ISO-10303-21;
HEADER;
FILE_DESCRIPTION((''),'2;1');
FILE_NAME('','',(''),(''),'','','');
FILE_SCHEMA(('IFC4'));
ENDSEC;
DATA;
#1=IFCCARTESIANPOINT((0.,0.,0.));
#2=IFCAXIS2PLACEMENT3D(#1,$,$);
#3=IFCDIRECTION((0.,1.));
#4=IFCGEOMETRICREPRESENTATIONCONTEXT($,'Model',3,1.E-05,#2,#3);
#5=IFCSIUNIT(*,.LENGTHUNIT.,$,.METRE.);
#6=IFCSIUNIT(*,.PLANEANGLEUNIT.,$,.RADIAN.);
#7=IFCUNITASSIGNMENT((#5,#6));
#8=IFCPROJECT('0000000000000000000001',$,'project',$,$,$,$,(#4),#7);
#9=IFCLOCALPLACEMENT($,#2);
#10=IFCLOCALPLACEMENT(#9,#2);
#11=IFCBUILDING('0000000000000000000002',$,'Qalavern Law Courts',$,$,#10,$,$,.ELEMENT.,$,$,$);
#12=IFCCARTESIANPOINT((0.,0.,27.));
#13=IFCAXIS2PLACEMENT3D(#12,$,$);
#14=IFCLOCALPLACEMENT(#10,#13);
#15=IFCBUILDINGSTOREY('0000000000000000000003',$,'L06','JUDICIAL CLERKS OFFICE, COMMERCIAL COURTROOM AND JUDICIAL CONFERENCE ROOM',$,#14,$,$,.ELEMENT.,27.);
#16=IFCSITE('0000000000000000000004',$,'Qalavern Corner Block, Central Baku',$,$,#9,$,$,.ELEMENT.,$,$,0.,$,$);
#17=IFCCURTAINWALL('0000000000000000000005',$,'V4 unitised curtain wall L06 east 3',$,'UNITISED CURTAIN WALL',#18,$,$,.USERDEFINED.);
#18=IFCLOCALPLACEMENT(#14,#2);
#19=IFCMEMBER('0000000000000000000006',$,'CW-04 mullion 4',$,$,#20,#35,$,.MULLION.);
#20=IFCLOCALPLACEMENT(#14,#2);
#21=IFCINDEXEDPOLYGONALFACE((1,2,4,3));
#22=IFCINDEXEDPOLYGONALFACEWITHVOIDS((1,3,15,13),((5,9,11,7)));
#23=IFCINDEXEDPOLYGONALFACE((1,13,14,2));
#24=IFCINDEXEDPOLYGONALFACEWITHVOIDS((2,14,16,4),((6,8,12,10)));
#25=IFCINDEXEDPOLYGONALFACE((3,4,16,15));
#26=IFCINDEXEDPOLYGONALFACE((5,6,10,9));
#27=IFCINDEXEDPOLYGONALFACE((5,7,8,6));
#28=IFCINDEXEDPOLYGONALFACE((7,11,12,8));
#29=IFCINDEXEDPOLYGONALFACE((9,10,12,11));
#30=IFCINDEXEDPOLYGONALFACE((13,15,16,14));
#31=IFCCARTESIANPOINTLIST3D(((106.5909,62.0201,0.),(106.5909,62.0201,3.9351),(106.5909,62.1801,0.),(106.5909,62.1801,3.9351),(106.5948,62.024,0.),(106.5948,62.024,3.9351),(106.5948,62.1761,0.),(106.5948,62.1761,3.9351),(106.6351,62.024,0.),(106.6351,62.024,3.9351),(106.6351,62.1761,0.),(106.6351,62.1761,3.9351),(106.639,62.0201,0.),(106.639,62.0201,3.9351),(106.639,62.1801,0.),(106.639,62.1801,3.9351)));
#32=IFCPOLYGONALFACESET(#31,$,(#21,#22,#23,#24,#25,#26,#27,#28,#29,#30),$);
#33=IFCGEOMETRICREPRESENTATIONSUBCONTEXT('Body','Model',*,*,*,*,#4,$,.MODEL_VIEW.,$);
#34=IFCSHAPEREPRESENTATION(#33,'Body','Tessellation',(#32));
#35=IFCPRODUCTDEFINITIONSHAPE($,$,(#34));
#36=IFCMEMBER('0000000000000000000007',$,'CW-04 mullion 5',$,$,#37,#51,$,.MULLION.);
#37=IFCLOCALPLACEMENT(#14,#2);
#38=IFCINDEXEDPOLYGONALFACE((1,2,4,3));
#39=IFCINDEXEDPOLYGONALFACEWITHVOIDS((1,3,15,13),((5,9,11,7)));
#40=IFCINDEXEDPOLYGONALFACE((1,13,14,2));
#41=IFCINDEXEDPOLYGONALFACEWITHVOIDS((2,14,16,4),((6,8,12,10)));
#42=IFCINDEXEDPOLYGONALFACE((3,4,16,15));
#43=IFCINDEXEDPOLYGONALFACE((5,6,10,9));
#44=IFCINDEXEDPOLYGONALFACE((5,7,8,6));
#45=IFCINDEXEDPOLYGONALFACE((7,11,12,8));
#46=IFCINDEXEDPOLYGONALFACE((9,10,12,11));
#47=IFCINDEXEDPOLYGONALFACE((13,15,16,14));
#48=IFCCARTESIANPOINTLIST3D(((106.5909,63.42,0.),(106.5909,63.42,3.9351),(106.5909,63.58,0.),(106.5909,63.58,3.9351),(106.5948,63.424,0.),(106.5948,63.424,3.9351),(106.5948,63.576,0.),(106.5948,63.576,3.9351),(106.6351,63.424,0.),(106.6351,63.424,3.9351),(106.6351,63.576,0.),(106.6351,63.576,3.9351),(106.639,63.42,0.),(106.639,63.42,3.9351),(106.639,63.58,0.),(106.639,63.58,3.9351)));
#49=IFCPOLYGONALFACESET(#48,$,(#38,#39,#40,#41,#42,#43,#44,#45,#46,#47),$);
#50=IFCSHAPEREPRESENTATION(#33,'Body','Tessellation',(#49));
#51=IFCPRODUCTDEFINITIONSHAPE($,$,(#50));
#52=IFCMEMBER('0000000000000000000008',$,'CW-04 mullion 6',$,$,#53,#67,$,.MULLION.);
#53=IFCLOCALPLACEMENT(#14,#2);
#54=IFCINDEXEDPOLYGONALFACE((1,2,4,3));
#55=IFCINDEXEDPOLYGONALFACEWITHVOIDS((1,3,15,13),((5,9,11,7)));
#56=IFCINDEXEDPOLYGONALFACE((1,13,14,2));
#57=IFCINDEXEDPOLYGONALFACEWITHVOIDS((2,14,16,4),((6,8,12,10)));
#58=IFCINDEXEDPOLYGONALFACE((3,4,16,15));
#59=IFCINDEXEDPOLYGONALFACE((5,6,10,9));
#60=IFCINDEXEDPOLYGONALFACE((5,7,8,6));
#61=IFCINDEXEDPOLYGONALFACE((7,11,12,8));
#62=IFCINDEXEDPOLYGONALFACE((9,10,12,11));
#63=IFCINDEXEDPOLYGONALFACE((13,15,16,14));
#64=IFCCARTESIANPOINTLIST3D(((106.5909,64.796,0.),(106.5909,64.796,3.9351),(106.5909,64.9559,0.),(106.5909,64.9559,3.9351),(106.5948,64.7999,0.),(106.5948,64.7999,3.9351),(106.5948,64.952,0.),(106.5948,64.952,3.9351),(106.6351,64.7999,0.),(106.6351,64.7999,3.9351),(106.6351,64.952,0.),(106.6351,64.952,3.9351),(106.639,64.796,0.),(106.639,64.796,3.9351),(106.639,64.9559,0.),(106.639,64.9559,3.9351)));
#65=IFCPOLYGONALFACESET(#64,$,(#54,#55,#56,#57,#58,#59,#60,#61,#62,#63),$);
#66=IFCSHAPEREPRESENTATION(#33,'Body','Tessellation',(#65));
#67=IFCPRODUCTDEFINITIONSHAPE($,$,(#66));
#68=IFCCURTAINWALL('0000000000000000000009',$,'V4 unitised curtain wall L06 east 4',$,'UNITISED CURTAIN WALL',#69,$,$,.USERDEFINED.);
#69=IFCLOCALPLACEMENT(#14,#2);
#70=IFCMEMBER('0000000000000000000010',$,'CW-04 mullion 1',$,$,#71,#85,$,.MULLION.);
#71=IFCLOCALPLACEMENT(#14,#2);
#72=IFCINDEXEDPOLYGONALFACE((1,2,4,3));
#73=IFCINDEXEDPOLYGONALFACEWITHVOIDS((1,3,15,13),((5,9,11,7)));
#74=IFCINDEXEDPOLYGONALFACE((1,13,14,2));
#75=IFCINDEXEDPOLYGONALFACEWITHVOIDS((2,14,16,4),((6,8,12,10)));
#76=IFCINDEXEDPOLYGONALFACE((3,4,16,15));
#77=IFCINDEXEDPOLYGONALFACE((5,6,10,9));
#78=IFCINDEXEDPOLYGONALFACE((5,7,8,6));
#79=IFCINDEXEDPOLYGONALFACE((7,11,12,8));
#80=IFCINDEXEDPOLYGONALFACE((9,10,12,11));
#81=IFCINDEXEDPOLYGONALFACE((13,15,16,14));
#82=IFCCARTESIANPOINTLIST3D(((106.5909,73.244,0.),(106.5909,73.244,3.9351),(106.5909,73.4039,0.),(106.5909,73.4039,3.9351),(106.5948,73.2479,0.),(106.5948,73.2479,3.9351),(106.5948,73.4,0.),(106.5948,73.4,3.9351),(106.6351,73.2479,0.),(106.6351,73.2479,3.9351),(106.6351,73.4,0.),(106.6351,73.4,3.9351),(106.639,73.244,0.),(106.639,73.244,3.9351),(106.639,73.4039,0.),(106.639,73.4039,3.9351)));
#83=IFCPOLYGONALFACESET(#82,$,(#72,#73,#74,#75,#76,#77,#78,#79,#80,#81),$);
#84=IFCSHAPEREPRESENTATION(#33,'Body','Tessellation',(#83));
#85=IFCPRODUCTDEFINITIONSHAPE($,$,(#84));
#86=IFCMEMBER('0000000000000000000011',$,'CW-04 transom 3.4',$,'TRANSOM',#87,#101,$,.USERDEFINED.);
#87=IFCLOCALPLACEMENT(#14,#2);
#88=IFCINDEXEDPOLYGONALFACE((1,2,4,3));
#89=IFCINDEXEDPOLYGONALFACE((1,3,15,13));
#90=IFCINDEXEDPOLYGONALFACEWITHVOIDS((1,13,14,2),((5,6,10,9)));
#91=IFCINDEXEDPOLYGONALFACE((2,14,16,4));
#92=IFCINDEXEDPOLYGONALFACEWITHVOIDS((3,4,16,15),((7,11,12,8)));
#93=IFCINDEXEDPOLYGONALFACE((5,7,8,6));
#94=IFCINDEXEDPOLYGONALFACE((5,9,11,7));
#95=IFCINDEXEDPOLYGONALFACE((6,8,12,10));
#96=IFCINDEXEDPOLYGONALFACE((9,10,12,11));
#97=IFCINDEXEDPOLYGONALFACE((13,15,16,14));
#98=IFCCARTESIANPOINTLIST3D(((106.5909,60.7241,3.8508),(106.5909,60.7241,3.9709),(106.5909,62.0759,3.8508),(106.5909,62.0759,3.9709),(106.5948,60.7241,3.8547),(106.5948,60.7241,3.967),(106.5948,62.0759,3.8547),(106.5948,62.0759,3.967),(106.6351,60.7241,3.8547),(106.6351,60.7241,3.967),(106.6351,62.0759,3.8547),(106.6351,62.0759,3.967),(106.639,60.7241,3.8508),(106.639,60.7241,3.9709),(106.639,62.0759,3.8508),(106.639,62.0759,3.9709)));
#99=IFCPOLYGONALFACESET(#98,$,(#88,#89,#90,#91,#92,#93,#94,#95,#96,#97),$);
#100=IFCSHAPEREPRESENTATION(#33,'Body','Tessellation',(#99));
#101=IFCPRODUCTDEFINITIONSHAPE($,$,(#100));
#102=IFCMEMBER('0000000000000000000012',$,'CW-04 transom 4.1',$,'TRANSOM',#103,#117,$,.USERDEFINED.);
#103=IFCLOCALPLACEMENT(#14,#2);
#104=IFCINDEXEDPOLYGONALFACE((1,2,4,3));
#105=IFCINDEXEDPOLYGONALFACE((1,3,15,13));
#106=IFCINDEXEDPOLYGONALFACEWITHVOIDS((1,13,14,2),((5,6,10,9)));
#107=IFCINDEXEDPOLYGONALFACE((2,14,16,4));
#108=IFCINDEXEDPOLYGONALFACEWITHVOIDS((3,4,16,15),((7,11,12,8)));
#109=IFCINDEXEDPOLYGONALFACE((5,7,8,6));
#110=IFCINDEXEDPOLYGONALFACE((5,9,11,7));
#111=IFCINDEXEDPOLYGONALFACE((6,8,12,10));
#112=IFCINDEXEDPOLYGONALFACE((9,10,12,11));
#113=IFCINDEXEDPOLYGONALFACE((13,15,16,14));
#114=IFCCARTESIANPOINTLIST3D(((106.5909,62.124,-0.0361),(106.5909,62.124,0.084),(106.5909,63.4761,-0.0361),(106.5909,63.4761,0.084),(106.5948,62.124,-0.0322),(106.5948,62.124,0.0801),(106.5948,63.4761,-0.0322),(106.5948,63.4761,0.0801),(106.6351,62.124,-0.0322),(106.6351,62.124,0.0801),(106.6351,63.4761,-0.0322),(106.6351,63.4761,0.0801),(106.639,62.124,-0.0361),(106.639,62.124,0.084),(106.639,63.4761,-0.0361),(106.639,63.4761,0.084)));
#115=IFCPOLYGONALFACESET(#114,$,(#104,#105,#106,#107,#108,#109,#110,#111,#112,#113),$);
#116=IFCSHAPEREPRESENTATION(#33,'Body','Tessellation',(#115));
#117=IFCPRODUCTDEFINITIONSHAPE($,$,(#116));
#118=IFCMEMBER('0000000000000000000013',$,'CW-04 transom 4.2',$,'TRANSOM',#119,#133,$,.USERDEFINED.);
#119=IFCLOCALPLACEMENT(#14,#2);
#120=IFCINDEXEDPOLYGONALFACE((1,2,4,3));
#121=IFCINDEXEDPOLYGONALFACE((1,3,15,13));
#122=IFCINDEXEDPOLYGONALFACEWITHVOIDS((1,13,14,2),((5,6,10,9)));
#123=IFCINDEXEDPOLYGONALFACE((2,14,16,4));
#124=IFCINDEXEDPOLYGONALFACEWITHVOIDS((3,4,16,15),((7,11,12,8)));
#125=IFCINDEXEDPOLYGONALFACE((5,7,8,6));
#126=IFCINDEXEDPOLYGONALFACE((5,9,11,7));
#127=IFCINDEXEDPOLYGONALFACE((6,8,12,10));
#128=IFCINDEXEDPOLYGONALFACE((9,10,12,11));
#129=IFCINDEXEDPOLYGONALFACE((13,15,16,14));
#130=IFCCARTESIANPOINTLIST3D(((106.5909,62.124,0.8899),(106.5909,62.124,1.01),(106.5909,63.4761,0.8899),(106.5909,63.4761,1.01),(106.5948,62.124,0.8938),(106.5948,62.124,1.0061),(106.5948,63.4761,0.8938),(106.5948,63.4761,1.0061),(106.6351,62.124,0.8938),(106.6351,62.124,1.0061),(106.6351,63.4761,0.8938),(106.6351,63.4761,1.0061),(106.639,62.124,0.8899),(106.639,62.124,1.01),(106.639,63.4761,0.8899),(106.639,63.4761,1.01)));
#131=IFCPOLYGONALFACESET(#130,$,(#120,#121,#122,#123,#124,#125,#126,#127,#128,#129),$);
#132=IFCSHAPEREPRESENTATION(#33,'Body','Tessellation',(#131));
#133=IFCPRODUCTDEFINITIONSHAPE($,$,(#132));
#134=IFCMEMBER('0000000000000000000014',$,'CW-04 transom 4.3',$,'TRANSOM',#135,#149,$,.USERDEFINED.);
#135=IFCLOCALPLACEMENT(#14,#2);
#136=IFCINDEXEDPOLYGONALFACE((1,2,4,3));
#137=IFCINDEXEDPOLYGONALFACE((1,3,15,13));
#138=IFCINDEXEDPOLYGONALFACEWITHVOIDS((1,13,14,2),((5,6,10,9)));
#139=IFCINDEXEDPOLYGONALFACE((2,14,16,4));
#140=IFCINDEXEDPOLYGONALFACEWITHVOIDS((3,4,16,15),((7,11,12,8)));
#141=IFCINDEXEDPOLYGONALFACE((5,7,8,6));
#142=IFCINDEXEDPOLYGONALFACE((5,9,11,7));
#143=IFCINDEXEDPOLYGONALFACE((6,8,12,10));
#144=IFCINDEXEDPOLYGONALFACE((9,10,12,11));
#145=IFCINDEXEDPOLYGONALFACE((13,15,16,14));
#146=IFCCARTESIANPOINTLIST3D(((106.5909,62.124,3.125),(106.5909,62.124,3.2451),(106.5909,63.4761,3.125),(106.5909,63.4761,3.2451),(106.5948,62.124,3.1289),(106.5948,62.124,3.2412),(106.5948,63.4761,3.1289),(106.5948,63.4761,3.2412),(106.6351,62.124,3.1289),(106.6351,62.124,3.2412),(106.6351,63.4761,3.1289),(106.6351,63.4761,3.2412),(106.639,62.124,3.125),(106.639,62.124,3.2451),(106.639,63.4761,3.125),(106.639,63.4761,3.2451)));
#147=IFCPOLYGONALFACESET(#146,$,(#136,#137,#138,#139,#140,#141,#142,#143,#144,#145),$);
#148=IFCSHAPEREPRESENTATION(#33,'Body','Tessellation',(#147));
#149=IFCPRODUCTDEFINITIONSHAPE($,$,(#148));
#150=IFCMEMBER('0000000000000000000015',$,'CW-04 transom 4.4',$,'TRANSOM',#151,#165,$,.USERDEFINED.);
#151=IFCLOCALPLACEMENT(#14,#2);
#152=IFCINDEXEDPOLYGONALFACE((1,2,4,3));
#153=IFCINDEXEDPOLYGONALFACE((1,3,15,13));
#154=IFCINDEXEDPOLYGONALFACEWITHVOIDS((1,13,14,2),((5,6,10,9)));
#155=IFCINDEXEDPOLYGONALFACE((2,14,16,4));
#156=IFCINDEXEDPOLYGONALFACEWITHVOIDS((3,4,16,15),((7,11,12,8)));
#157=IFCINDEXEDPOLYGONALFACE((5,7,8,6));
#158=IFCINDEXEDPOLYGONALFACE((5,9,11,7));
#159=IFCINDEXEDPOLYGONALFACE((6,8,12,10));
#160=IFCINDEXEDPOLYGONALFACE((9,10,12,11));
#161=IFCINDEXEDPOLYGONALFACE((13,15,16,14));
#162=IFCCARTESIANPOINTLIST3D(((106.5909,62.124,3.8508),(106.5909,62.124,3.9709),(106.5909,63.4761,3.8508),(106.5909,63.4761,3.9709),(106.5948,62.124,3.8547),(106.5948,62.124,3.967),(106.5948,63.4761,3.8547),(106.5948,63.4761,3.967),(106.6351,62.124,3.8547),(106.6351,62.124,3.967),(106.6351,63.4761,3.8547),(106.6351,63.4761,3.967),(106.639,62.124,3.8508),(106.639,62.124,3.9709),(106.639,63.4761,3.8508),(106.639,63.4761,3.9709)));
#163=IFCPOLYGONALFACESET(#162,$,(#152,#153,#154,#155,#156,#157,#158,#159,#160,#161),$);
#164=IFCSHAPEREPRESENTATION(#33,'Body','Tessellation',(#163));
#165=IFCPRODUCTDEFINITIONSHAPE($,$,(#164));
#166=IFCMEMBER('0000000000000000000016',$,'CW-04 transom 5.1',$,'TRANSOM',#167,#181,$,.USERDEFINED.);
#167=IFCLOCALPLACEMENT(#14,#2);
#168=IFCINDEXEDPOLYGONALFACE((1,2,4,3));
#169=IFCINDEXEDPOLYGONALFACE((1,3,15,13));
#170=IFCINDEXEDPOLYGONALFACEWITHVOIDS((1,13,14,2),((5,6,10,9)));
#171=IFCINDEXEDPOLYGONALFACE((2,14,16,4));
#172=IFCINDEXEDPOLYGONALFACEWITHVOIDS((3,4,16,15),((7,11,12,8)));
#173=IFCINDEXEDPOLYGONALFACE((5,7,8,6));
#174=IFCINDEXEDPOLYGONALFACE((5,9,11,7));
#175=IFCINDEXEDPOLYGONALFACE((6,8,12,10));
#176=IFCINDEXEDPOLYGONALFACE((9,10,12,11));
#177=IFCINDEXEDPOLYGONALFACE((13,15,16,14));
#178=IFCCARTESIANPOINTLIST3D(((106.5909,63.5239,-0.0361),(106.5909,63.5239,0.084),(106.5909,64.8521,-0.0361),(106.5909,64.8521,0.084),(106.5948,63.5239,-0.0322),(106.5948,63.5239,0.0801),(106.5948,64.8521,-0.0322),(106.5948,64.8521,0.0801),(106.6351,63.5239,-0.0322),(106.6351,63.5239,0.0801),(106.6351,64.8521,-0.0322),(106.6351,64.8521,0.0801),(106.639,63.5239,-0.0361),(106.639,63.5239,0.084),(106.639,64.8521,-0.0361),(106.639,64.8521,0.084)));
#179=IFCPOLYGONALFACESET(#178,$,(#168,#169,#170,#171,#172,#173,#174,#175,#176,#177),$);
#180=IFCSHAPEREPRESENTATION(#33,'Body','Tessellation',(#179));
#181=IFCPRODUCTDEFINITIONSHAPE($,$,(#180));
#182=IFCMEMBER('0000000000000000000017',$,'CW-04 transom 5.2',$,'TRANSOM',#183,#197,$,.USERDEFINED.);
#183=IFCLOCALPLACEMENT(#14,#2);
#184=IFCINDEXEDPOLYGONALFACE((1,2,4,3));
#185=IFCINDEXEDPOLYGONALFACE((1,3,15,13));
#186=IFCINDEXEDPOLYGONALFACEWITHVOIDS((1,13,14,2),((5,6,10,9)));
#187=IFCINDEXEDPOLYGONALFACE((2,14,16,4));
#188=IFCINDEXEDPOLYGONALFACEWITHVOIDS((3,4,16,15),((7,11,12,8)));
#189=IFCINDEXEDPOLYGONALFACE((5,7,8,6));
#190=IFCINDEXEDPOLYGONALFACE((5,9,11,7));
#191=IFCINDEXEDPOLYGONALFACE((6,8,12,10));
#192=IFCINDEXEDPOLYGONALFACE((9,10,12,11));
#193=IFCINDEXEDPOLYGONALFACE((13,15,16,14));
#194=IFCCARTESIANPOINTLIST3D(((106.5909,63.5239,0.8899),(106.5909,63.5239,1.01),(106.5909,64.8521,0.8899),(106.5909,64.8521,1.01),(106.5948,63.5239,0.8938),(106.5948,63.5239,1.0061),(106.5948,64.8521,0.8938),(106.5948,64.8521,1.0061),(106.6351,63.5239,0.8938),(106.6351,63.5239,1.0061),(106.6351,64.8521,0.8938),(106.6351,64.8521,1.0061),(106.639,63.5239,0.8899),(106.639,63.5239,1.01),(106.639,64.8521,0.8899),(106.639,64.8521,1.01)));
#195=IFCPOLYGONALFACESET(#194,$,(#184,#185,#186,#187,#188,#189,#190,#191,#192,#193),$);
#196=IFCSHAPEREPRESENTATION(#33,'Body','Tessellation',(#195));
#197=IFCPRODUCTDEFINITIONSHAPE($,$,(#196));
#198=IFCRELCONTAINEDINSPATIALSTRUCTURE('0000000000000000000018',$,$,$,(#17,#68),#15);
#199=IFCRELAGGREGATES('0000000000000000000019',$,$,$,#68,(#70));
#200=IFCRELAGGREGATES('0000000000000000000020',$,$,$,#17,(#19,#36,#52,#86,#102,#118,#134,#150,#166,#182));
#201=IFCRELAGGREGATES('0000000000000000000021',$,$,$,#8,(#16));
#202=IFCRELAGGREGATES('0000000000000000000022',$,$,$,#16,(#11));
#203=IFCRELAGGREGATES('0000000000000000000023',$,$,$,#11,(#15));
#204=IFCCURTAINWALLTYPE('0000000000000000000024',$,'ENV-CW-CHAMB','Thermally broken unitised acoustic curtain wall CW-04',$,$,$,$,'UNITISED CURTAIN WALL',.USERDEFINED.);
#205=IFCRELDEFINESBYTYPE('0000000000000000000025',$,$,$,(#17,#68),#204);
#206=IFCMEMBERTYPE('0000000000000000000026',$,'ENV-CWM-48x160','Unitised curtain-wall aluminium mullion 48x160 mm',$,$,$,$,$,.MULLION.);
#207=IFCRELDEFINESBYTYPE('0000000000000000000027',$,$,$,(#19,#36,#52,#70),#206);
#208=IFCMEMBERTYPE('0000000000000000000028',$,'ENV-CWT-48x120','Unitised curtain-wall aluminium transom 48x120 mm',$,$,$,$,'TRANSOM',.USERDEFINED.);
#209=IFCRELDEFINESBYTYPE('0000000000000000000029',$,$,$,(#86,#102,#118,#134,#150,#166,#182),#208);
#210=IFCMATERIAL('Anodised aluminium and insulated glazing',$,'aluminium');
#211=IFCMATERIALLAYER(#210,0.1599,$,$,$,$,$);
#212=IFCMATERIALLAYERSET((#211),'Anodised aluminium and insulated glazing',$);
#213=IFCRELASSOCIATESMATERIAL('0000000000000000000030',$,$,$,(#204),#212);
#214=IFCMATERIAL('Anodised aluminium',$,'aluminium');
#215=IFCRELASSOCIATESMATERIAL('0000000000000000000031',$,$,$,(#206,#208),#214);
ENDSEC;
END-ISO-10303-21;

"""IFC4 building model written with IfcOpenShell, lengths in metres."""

from ifc_helpers import new_model, si_unit, direction, frame, origin, origin_2d, place, context, subcontext, project, spatial, hollow_rectangle, extrude, material, layer, layer_set, material_profile, profile_set, type_object, element, aggregate, save


model = new_model("IFC4")

# Units and contexts
model_context = context("Model", 3, precision=1e-05, world=origin(), true_north=direction((0.0, 1.0)))
body_context = subcontext(model_context, "Body", "Model", "MODEL_VIEW")
ifc_project = project(units=[si_unit("LENGTHUNIT", "METRE"), si_unit("PLANEANGLEUNIT", "RADIAN")], contexts=[model_context])

# Site, building, storey
site_placement = place(None, origin())
site = spatial("IfcSite", under=ifc_project, at=site_placement, Name="Qalavern Corner Block, Central Baku", CompositionType="ELEMENT", RefElevation=0.0)
building_placement = place(site_placement, origin())
building = spatial("IfcBuilding", under=site, at=building_placement, Name="Qalavern Law Courts", CompositionType="ELEMENT")
storey_placement = place(building_placement, frame((0.0, 0.0, 27.0)))
storey = spatial("IfcBuildingStorey", under=building, at=storey_placement, Name="L06", Description="JUDICIAL CLERKS OFFICE, COMMERCIAL COURTROOM AND JUDICIAL CONFERENCE ROOM", CompositionType="ELEMENT", Elevation=27.0)

# Curtain wall, members
ifc_material_1 = material(Name="Anodised aluminium and insulated glazing", Category="aluminium")
ifc_layer_1 = layer(ifc_material_1, 0.1599)
ifc_layer_set_1 = layer_set([ifc_layer_1], Name="Anodised aluminium and insulated glazing")
curtain_wall_type = type_object("IfcCurtainWallType", Name="ENV-CW-CHAMB", Description="Thermally broken unitised acoustic curtain wall CW-04", ElementType="UNITISED CURTAIN WALL", PredefinedType="USERDEFINED", material=ifc_layer_set_1)
curtain_wall_1_placement = place(storey_placement, origin())
curtain_wall_1 = element("IfcCurtainWall", 1, at=curtain_wall_1_placement, inside=storey, type_object=curtain_wall_type, Name="V4 unitised curtain wall L06 east 3", ObjectType="UNITISED CURTAIN WALL", PredefinedType="USERDEFINED")
ifc_material_2 = material(Name="Anodised aluminium", Category="aluminium")
ifc_material_profile_1 = material_profile(ifc_material_2, hollow_rectangle(XDim=0.0481, YDim=0.1599, WallThickness=0.0039, at=origin_2d()), Name="ALU MULLION 48x160")
ifc_profile_set_1 = profile_set([ifc_material_profile_1], Name="Anodised aluminium")
member_type_1 = type_object("IfcMemberType", Name="ENV-CWM-48x160", Description="Unitised curtain-wall aluminium mullion 48x160 mm", PredefinedType="MULLION", material=ifc_profile_set_1)
member_1_placement = place(storey_placement, frame((106.615, 62.1001, 0.0), z_axis=(0.0, 0.0, 1.0), x_axis=(-1.0, 0.0, 0.0)))
member_1 = element("IfcMember", 2, at=member_1_placement, type_object=member_type_1, Name="CW-04 mullion 4", PredefinedType="MULLION", context=body_context, shape_type="SweptSolid", body=[
    extrude(hollow_rectangle(XDim=0.0481, YDim=0.1599, WallThickness=0.0039, at=origin_2d()), origin(), (0.0, 0.0, 1.0), 3.9351),
])
member_2_placement = place(storey_placement, frame((106.615, 63.5, 0.0), z_axis=(0.0, 0.0, 1.0), x_axis=(-1.0, 0.0, 0.0)))
member_2 = element("IfcMember", 3, at=member_2_placement, type_object=member_type_1, Name="CW-04 mullion 5", PredefinedType="MULLION", context=body_context, shape_type="SweptSolid", body=[
    extrude(hollow_rectangle(XDim=0.0481, YDim=0.1599, WallThickness=0.0039, at=origin_2d()), origin(), (0.0, 0.0, 1.0), 3.9351),
])
member_3_placement = place(storey_placement, frame((106.615, 64.876, 0.0), z_axis=(0.0, 0.0, 1.0), x_axis=(-1.0, 0.0, 0.0)))
member_3 = element("IfcMember", 4, at=member_3_placement, type_object=member_type_1, Name="CW-04 mullion 6", PredefinedType="MULLION", context=body_context, shape_type="SweptSolid", body=[
    extrude(hollow_rectangle(XDim=0.0481, YDim=0.1599, WallThickness=0.0039, at=origin_2d()), origin(), (0.0, 0.0, 1.0), 3.9351),
])

# Curtain wall, member
curtain_wall_2_placement = place(storey_placement, origin())
curtain_wall_2 = element("IfcCurtainWall", 5, at=curtain_wall_2_placement, inside=storey, type_object=curtain_wall_type, Name="V4 unitised curtain wall L06 east 4", ObjectType="UNITISED CURTAIN WALL", PredefinedType="USERDEFINED")
member_4_placement = place(storey_placement, frame((106.615, 73.324, 0.0), z_axis=(0.0, 0.0, 1.0), x_axis=(-1.0, 0.0, 0.0)))
member_4 = element("IfcMember", 6, at=member_4_placement, type_object=member_type_1, Name="CW-04 mullion 1", PredefinedType="MULLION", context=body_context, shape_type="SweptSolid", body=[
    extrude(hollow_rectangle(XDim=0.0481, YDim=0.1599, WallThickness=0.0039, at=origin_2d()), origin(), (0.0, 0.0, 1.0), 3.9351),
])

# Members
ifc_material_profile_2 = material_profile(ifc_material_2, hollow_rectangle(XDim=0.0481, YDim=0.1201, WallThickness=0.0039, at=origin_2d()), Name="ALU TRANSOM 48x120")
ifc_profile_set_2 = profile_set([ifc_material_profile_2], Name="Anodised aluminium")
member_type_2 = type_object("IfcMemberType", Name="ENV-CWT-48x120", Description="Unitised curtain-wall aluminium transom 48x120 mm", ElementType="TRANSOM", PredefinedType="USERDEFINED", material=ifc_profile_set_2)
member_5_placement = place(storey_placement, frame((106.615, 60.7241, 3.9109), z_axis=(0.0, 1.0, 0.0), x_axis=(-1.0, 0.0, 0.0)))
member_5 = element("IfcMember", 7, at=member_5_placement, type_object=member_type_2, Name="CW-04 transom 3.4", ObjectType="TRANSOM", PredefinedType="USERDEFINED", context=body_context, shape_type="SweptSolid", body=[
    extrude(hollow_rectangle(XDim=0.0481, YDim=0.1201, WallThickness=0.0039, at=origin_2d()), origin(), (0.0, 0.0, 1.0), 1.3518),
])
member_6_placement = place(storey_placement, frame((106.615, 62.124, 0.0239), z_axis=(0.0, 1.0, 0.0), x_axis=(-1.0, 0.0, 0.0)))
member_6 = element("IfcMember", 8, at=member_6_placement, type_object=member_type_2, Name="CW-04 transom 4.1", ObjectType="TRANSOM", PredefinedType="USERDEFINED", context=body_context, shape_type="SweptSolid", body=[
    extrude(hollow_rectangle(XDim=0.0481, YDim=0.1201, WallThickness=0.0039, at=origin_2d()), origin(), (0.0, 0.0, 1.0), 1.3521),
])
member_7_placement = place(storey_placement, frame((106.615, 62.124, 0.95), z_axis=(0.0, 1.0, 0.0), x_axis=(-1.0, 0.0, 0.0)))
member_7 = element("IfcMember", 9, at=member_7_placement, type_object=member_type_2, Name="CW-04 transom 4.2", ObjectType="TRANSOM", PredefinedType="USERDEFINED", context=body_context, shape_type="SweptSolid", body=[
    extrude(hollow_rectangle(XDim=0.0481, YDim=0.1201, WallThickness=0.0039, at=origin_2d()), origin(), (0.0, 0.0, 1.0), 1.3521),
])
member_8_placement = place(storey_placement, frame((106.615, 62.124, 3.1851), z_axis=(0.0, 1.0, 0.0), x_axis=(-1.0, 0.0, 0.0)))
member_8 = element("IfcMember", 10, at=member_8_placement, type_object=member_type_2, Name="CW-04 transom 4.3", ObjectType="TRANSOM", PredefinedType="USERDEFINED", context=body_context, shape_type="SweptSolid", body=[
    extrude(hollow_rectangle(XDim=0.0481, YDim=0.1201, WallThickness=0.0039, at=origin_2d()), origin(), (0.0, 0.0, 1.0), 1.3521),
])
member_9_placement = place(storey_placement, frame((106.615, 62.124, 3.9109), z_axis=(0.0, 1.0, 0.0), x_axis=(-1.0, 0.0, 0.0)))
member_9 = element("IfcMember", 11, at=member_9_placement, type_object=member_type_2, Name="CW-04 transom 4.4", ObjectType="TRANSOM", PredefinedType="USERDEFINED", context=body_context, shape_type="SweptSolid", body=[
    extrude(hollow_rectangle(XDim=0.0481, YDim=0.1201, WallThickness=0.0039, at=origin_2d()), origin(), (0.0, 0.0, 1.0), 1.3521),
])
member_10_placement = place(storey_placement, frame((106.615, 63.5239, 0.0239), z_axis=(0.0, 1.0, 0.0), x_axis=(-1.0, 0.0, 0.0)))
member_10 = element("IfcMember", 12, at=member_10_placement, type_object=member_type_2, Name="CW-04 transom 5.1", ObjectType="TRANSOM", PredefinedType="USERDEFINED", context=body_context, shape_type="SweptSolid", body=[
    extrude(hollow_rectangle(XDim=0.0481, YDim=0.1201, WallThickness=0.0039, at=origin_2d()), origin(), (0.0, 0.0, 1.0), 1.3281),
])
member_11_placement = place(storey_placement, frame((106.615, 63.5239, 0.95), z_axis=(0.0, 1.0, 0.0), x_axis=(-1.0, 0.0, 0.0)))
member_11 = element("IfcMember", 13, at=member_11_placement, type_object=member_type_2, Name="CW-04 transom 5.2", ObjectType="TRANSOM", PredefinedType="USERDEFINED", context=body_context, shape_type="SweptSolid", body=[
    extrude(hollow_rectangle(XDim=0.0481, YDim=0.1201, WallThickness=0.0039, at=origin_2d()), origin(), (0.0, 0.0, 1.0), 1.3281),
])
aggregate(curtain_wall_2, [member_4])

aggregate(curtain_wall_1, [member_1, member_2, member_3, member_5, member_6, member_7, member_8, member_9, member_10, member_11])

save(model, "model.ifc")
